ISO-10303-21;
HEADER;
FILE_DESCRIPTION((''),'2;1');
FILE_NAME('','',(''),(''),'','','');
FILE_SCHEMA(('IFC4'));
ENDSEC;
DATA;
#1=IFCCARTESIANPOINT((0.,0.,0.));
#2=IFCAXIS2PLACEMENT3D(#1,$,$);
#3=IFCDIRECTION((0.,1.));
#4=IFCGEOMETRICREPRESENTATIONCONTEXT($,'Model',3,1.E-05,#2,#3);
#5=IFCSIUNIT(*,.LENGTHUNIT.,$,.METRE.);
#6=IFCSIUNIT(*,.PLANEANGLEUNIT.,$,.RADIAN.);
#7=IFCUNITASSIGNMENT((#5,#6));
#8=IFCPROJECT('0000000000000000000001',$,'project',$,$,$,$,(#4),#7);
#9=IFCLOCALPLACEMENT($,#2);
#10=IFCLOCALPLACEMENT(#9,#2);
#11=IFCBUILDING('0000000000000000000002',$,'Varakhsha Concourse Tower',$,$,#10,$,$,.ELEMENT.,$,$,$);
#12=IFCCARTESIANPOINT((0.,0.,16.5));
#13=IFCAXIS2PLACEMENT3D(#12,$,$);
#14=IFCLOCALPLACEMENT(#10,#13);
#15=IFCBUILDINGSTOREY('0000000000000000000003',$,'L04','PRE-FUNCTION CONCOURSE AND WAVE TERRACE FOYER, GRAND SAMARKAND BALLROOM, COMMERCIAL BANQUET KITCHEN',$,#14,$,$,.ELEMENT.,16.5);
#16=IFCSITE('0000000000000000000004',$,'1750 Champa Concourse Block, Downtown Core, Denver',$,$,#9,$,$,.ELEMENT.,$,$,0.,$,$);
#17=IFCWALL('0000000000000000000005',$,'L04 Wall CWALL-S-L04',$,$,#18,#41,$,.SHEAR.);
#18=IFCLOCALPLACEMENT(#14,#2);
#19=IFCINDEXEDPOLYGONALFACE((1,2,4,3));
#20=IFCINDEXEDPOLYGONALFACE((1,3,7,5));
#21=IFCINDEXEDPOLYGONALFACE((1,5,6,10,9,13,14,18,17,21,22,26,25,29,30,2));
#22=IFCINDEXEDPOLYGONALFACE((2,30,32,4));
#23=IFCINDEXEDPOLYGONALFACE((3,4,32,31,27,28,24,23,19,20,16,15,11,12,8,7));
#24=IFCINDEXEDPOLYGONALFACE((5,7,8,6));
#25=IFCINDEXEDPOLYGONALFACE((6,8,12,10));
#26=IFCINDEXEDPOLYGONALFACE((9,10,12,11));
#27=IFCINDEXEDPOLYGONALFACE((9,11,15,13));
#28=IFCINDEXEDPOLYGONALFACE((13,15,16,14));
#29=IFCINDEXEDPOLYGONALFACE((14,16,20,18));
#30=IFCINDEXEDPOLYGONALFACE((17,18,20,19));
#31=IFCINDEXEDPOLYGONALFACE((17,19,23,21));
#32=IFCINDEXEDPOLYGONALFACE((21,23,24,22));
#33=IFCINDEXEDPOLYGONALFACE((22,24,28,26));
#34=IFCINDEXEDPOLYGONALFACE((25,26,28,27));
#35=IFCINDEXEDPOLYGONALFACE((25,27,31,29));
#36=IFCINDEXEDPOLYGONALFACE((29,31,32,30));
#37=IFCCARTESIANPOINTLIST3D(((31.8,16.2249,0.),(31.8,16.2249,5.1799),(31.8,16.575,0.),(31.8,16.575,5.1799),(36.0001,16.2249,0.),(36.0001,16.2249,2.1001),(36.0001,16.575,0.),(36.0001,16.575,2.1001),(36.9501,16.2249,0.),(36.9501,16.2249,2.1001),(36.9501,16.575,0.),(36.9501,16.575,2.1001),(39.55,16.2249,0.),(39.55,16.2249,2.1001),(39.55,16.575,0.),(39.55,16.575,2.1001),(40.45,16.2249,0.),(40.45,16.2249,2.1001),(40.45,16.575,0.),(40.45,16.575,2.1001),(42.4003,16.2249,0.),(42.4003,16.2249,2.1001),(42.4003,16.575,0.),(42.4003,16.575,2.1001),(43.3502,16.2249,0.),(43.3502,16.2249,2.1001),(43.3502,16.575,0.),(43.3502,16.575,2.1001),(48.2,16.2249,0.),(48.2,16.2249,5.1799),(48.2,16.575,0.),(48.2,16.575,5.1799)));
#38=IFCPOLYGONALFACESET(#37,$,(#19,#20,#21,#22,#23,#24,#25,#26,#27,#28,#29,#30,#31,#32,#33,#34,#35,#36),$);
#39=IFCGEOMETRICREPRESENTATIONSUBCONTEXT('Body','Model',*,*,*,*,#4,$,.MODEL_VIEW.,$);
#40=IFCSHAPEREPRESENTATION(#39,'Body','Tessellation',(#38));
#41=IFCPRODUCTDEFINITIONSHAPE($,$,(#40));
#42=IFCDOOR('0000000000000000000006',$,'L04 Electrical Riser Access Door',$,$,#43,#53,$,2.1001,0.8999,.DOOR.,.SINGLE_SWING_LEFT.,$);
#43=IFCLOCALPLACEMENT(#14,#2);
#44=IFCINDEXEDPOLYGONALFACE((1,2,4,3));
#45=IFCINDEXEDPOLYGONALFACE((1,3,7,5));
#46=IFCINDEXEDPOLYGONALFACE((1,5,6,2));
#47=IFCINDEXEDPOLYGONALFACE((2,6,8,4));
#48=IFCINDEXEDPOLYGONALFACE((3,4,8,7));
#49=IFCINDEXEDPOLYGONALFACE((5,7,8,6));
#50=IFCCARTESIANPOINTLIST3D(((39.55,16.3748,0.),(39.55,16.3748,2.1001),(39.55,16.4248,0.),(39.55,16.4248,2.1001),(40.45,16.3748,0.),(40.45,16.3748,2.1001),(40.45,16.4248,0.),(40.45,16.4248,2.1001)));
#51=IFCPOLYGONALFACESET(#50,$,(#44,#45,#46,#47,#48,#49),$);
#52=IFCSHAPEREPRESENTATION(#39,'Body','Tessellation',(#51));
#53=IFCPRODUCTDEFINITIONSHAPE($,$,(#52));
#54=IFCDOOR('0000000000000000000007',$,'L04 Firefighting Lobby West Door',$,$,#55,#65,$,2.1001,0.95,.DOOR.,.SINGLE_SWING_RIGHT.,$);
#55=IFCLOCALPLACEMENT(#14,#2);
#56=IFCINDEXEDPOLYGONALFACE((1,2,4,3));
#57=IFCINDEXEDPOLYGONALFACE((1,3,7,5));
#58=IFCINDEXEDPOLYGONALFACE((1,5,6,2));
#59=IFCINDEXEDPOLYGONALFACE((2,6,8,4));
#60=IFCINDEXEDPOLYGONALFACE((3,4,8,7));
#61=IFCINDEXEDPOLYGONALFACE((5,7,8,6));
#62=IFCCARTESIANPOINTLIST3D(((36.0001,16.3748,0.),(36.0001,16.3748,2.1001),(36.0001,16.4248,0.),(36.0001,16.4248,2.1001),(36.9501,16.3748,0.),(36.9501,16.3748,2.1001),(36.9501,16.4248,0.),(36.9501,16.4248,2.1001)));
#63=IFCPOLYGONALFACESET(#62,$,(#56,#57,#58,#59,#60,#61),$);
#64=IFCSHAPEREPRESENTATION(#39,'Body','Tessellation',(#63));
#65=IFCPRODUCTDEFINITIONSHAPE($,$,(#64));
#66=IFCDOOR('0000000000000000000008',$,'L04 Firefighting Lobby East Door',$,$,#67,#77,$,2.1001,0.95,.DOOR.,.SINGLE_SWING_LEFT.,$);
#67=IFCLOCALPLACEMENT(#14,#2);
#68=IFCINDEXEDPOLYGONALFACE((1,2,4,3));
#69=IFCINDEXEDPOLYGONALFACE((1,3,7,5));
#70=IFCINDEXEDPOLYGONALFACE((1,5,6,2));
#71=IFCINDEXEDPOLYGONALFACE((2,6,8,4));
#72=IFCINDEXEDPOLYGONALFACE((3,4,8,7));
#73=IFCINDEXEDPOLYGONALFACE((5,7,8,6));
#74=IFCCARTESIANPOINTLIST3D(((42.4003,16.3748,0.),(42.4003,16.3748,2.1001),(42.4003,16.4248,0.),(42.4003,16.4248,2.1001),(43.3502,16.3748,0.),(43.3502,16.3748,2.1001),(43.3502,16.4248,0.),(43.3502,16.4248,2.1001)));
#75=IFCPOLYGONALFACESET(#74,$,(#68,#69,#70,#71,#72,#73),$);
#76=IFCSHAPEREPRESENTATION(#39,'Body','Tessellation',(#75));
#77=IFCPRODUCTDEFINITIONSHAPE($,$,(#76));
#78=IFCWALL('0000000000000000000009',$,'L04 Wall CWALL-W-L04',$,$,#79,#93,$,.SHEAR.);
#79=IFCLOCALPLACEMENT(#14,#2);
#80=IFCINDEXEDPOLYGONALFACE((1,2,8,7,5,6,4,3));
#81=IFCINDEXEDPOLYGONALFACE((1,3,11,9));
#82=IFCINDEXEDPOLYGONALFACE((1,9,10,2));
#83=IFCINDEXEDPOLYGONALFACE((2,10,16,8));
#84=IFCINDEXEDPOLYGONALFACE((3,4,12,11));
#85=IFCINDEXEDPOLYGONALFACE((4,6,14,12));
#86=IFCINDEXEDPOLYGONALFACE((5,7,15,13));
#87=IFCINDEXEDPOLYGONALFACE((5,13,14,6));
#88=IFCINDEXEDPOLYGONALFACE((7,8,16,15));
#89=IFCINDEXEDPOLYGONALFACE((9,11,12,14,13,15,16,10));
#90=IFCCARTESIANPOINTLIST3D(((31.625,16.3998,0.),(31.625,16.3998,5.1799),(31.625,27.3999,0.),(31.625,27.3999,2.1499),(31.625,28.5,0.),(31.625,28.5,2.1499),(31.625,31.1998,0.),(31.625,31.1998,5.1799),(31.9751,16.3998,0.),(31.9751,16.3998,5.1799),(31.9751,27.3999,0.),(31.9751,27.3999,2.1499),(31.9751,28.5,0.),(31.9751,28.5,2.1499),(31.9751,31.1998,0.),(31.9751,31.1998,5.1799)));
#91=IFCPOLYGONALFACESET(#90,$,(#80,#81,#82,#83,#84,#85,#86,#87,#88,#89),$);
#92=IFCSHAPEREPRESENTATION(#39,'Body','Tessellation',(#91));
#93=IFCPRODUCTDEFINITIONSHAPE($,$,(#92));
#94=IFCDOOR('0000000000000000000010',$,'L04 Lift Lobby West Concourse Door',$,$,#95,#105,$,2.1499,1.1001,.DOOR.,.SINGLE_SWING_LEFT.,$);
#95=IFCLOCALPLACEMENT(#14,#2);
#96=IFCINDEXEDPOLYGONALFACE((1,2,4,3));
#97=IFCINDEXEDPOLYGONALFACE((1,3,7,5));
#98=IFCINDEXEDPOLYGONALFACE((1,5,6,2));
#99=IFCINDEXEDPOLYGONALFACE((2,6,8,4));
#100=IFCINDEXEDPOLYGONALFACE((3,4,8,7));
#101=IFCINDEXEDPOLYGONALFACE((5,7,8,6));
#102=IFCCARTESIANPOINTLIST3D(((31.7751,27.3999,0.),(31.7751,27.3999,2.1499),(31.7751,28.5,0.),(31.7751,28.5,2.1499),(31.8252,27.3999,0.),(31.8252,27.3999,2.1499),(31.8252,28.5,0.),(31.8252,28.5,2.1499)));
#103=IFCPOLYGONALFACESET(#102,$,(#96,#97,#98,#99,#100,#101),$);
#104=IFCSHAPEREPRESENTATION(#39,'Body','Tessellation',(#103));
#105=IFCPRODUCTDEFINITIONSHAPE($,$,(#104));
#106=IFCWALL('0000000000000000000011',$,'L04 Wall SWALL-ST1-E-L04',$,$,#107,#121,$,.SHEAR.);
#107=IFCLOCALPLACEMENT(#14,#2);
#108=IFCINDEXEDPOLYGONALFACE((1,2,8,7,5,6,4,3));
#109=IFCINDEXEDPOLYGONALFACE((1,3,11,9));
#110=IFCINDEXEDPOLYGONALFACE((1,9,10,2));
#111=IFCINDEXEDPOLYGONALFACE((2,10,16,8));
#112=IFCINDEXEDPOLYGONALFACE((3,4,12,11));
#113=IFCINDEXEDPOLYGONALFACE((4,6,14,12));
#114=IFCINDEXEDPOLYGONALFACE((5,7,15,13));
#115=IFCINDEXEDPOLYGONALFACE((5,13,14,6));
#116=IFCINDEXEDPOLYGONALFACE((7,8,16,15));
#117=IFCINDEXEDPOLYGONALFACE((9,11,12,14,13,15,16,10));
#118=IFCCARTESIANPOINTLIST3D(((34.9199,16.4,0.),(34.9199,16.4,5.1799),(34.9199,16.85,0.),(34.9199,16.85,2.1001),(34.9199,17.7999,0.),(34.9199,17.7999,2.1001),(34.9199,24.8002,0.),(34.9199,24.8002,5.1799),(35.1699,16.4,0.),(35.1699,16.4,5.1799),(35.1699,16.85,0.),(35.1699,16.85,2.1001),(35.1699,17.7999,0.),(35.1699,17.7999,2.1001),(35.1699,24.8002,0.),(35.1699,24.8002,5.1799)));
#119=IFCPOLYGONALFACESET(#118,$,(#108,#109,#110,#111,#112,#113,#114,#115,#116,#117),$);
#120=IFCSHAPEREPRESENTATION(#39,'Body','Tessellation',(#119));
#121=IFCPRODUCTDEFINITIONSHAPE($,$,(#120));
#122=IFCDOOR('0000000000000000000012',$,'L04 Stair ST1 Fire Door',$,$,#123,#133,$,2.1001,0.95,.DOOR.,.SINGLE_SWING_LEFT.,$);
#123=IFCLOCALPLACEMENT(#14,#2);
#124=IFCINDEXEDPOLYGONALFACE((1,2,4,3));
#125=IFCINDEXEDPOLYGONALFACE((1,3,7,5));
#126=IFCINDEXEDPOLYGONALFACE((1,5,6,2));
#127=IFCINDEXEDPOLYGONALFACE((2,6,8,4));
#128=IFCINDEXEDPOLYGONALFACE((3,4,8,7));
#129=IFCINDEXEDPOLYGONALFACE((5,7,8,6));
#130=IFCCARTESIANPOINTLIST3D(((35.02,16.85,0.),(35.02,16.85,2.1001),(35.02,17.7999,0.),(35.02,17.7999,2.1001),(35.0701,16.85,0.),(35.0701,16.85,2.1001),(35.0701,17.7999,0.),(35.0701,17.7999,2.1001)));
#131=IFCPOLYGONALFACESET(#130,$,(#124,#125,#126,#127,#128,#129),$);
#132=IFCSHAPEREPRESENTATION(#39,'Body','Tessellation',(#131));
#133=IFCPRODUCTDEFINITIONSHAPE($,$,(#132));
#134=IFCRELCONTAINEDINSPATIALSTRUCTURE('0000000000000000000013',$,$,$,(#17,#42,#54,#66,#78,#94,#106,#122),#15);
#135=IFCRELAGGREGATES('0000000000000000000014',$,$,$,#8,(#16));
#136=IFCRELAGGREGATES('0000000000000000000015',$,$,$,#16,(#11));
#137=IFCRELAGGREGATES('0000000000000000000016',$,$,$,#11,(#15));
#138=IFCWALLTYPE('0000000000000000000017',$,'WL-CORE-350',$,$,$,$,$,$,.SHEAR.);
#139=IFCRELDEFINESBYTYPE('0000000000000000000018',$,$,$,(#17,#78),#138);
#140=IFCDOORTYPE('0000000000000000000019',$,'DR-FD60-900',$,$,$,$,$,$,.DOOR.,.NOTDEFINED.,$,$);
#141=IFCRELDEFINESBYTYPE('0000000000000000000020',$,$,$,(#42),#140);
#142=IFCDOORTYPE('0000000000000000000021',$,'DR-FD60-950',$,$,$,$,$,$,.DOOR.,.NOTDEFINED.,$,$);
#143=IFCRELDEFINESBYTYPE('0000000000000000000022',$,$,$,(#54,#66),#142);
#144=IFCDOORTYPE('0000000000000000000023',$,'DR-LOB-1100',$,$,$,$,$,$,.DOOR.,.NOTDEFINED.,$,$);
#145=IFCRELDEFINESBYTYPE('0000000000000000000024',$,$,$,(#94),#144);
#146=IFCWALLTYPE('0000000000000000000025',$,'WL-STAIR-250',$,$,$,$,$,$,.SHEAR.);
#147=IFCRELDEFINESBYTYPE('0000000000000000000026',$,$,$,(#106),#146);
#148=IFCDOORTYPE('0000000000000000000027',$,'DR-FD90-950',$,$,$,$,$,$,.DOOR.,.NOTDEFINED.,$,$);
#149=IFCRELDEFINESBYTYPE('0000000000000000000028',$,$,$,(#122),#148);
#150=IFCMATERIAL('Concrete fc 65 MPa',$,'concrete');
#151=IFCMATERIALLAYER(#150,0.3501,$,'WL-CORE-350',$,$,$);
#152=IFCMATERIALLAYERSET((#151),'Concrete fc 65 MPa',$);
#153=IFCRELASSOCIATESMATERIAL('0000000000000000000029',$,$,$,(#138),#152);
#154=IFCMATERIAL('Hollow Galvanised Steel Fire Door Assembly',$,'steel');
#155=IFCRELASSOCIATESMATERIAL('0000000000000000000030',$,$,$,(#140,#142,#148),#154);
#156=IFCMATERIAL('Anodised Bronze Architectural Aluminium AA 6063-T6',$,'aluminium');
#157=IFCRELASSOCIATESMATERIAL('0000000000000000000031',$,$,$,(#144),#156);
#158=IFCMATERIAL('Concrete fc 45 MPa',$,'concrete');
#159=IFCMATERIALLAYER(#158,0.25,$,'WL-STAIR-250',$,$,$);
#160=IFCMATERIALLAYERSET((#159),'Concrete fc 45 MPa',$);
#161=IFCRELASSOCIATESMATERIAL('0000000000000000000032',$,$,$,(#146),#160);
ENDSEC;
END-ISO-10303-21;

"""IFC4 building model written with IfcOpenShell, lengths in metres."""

from ifc_helpers import new_model, si_unit, direction, frame, frame_2d, origin, place, context, subcontext, project, spatial, rectangle, extrude, material, layer, layer_set, type_object, element, fill, save


model = new_model("IFC4")

# Units and contexts
model_context = context("Model", 3, precision=1e-05, world=origin(), true_north=direction((0.0, 1.0)))
body_context = subcontext(model_context, "Body", "Model", "MODEL_VIEW")
ifc_project = project(units=[si_unit("LENGTHUNIT", "METRE"), si_unit("PLANEANGLEUNIT", "RADIAN")], contexts=[model_context])

# Site, building, storey
site_placement = place(None, origin())
site = spatial("IfcSite", under=ifc_project, at=site_placement, Name="1750 Champa Concourse Block, Downtown Core, Denver", CompositionType="ELEMENT", RefElevation=0.0)
building_placement = place(site_placement, origin())
building = spatial("IfcBuilding", under=site, at=building_placement, Name="Varakhsha Concourse Tower", CompositionType="ELEMENT")
storey_placement = place(building_placement, frame((0.0, 0.0, 16.5)))
storey = spatial("IfcBuildingStorey", under=building, at=storey_placement, Name="L04", Description="PRE-FUNCTION CONCOURSE AND WAVE TERRACE FOYER, GRAND SAMARKAND BALLROOM, COMMERCIAL BANQUET KITCHEN", CompositionType="ELEMENT", Elevation=16.5)

# Wall, openings, doors
ifc_material_1 = material(Name="Concrete fc 65 MPa", Category="concrete")
ifc_layer_1 = layer(ifc_material_1, 0.3501, Name="WL-CORE-350")
ifc_layer_set_1 = layer_set([ifc_layer_1], Name="Concrete fc 65 MPa")
wall_type_1 = type_object("IfcWallType", Name="WL-CORE-350", PredefinedType="SHEAR", material=ifc_layer_set_1)
wall_1_placement = place(storey_placement, frame((31.8, 16.3999, 0.0), z_axis=(0.0, 0.0, 1.0), x_axis=(1.0, 0.0, 0.0)))
wall_1 = element("IfcWall", 1, at=wall_1_placement, inside=storey, type_object=wall_type_1, Name="L04 Wall CWALL-S-L04", PredefinedType="SHEAR", context=body_context, shape_type="SweptSolid", body=[
    extrude(rectangle(XDim=16.3999, YDim=0.3501, at=frame_2d((8.2, 0.0))), origin(), (0.0, 0.0, 1.0), 5.1799),
])
opening_1_placement = place(wall_1_placement, frame((7.75, 0.0, 0.0)))
opening_1 = element("IfcOpeningElement", 2, at=opening_1_placement, cuts=wall_1, PredefinedType="OPENING", context=body_context, shape_type="SweptSolid", body=[
    extrude(rectangle(XDim=0.8999, YDim=2.1001, at=frame_2d((0.45, 1.05))), frame((0.0, 0.1851, 0.0), z_axis=(0.0, -1.0, 0.0), x_axis=(1.0, 0.0, 0.0)), (0.0, 0.0, 1.0), 0.3701),
])
opening_2_placement = place(wall_1_placement, frame((4.2, 0.0, 0.0)))
opening_2 = element("IfcOpeningElement", 3, at=opening_2_placement, cuts=wall_1, PredefinedType="OPENING", context=body_context, shape_type="SweptSolid", body=[
    extrude(rectangle(XDim=0.95, YDim=2.1001, at=frame_2d((0.4751, 1.05))), frame((0.0, 0.1851, 0.0), z_axis=(0.0, -1.0, 0.0), x_axis=(1.0, 0.0, 0.0)), (0.0, 0.0, 1.0), 0.3701),
])
opening_3_placement = place(wall_1_placement, frame((10.6001, 0.0, 0.0)))
opening_3 = element("IfcOpeningElement", 4, at=opening_3_placement, cuts=wall_1, PredefinedType="OPENING", context=body_context, shape_type="SweptSolid", body=[
    extrude(rectangle(XDim=0.95, YDim=2.1001, at=frame_2d((0.4751, 1.05))), frame((0.0, 0.1851, 0.0), z_axis=(0.0, -1.0, 0.0), x_axis=(1.0, 0.0, 0.0)), (0.0, 0.0, 1.0), 0.3701),
])
ifc_material_2 = material(Name="Hollow Galvanised Steel Fire Door Assembly", Category="steel")
door_type_1 = type_object("IfcDoorType", Name="DR-FD60-900", OperationType="NOTDEFINED", PredefinedType="DOOR", material=ifc_material_2)
door_1_placement = place(opening_1_placement, origin())
door_1 = element("IfcDoor", 5, at=door_1_placement, inside=storey, type_object=door_type_1, Name="L04 Electrical Riser Access Door", OperationType="SINGLE_SWING_LEFT", OverallHeight=2.1001, OverallWidth=0.8999, PredefinedType="DOOR", context=body_context, shape_type="SweptSolid", body=[
    extrude(rectangle(XDim=0.8999, YDim=2.1001, at=frame_2d((0.45, 1.05))), frame((0.0, 0.0249, 0.0), z_axis=(0.0, -1.0, 0.0), x_axis=(1.0, 0.0, 0.0)), (0.0, 0.0, 1.0), 0.05),
])
fill(opening_1, door_1)
door_type_2 = type_object("IfcDoorType", Name="DR-FD60-950", OperationType="NOTDEFINED", PredefinedType="DOOR", material=ifc_material_2)
door_2_placement = place(opening_2_placement, origin())
door_2 = element("IfcDoor", 6, at=door_2_placement, inside=storey, type_object=door_type_2, Name="L04 Firefighting Lobby West Door", OperationType="SINGLE_SWING_RIGHT", OverallHeight=2.1001, OverallWidth=0.95, PredefinedType="DOOR", context=body_context, shape_type="SweptSolid", body=[
    extrude(rectangle(XDim=0.95, YDim=2.1001, at=frame_2d((0.4751, 1.05))), frame((0.0, 0.0249, 0.0), z_axis=(0.0, -1.0, 0.0), x_axis=(1.0, 0.0, 0.0)), (0.0, 0.0, 1.0), 0.05),
])
fill(opening_2, door_2)
door_3_placement = place(opening_3_placement, origin())
door_3 = element("IfcDoor", 7, at=door_3_placement, inside=storey, type_object=door_type_2, Name="L04 Firefighting Lobby East Door", OperationType="SINGLE_SWING_LEFT", OverallHeight=2.1001, OverallWidth=0.95, PredefinedType="DOOR", context=body_context, shape_type="SweptSolid", body=[
    extrude(rectangle(XDim=0.95, YDim=2.1001, at=frame_2d((0.4751, 1.05))), frame((0.0, 0.0249, 0.0), z_axis=(0.0, -1.0, 0.0), x_axis=(1.0, 0.0, 0.0)), (0.0, 0.0, 1.0), 0.05),
])
fill(opening_3, door_3)

# Walls, openings, doors
wall_2_placement = place(storey_placement, frame((31.8, 16.3999, 0.0), z_axis=(0.0, 0.0, 1.0), x_axis=(0.0, 1.0, 0.0)))
wall_2 = element("IfcWall", 8, at=wall_2_placement, inside=storey, type_object=wall_type_1, Name="L04 Wall CWALL-W-L04", PredefinedType="SHEAR", context=body_context, shape_type="SweptSolid", body=[
    extrude(rectangle(XDim=14.8, YDim=0.3501, at=frame_2d((7.3999, 0.0))), origin(), (0.0, 0.0, 1.0), 5.1799),
])
opening_4_placement = place(wall_2_placement, frame((11.0, 0.0, 0.0)))
opening_4 = element("IfcOpeningElement", 9, at=opening_4_placement, cuts=wall_2, PredefinedType="OPENING", context=body_context, shape_type="SweptSolid", body=[
    extrude(rectangle(XDim=1.1001, YDim=2.1499, at=frame_2d((0.55, 1.075))), frame((0.0, 0.1851, 0.0), z_axis=(0.0, -1.0, 0.0), x_axis=(1.0, 0.0, 0.0)), (0.0, 0.0, 1.0), 0.3701),
])
ifc_material_3 = material(Name="Anodised Bronze Architectural Aluminium AA 6063-T6", Category="aluminium")
door_type_3 = type_object("IfcDoorType", Name="DR-LOB-1100", OperationType="NOTDEFINED", PredefinedType="DOOR", material=ifc_material_3)
door_4_placement = place(opening_4_placement, origin())
door_4 = element("IfcDoor", 10, at=door_4_placement, inside=storey, type_object=door_type_3, Name="L04 Lift Lobby West Concourse Door", OperationType="SINGLE_SWING_LEFT", OverallHeight=2.1499, OverallWidth=1.1001, PredefinedType="DOOR", context=body_context, shape_type="SweptSolid", body=[
    extrude(rectangle(XDim=1.1001, YDim=2.1499, at=frame_2d((0.55, 1.075))), frame((0.0, 0.0249, 0.0), z_axis=(0.0, -1.0, 0.0), x_axis=(1.0, 0.0, 0.0)), (0.0, 0.0, 1.0), 0.05),
])
fill(opening_4, door_4)
ifc_material_4 = material(Name="Concrete fc 45 MPa", Category="concrete")
ifc_layer_2 = layer(ifc_material_4, 0.25, Name="WL-STAIR-250")
ifc_layer_set_2 = layer_set([ifc_layer_2], Name="Concrete fc 45 MPa")
wall_type_2 = type_object("IfcWallType", Name="WL-STAIR-250", PredefinedType="SHEAR", material=ifc_layer_set_2)
wall_3_placement = place(storey_placement, frame((35.0449, 16.3999, 0.0), z_axis=(0.0, 0.0, 1.0), x_axis=(0.0, 1.0, 0.0)))
wall_3 = element("IfcWall", 11, at=wall_3_placement, inside=storey, type_object=wall_type_2, Name="L04 Wall SWALL-ST1-E-L04", PredefinedType="SHEAR", context=body_context, shape_type="SweptSolid", body=[
    extrude(rectangle(XDim=8.4001, YDim=0.25, at=frame_2d((4.2002, 0.0))), origin(), (0.0, 0.0, 1.0), 5.1799),
])
opening_5_placement = place(wall_3_placement, frame((0.45, 0.0, 0.0)))
opening_5 = element("IfcOpeningElement", 12, at=opening_5_placement, cuts=wall_3, PredefinedType="OPENING", context=body_context, shape_type="SweptSolid", body=[
    extrude(rectangle(XDim=0.95, YDim=2.1001, at=frame_2d((0.4751, 1.05))), frame((0.0, 0.135, 0.0), z_axis=(0.0, -1.0, 0.0), x_axis=(1.0, 0.0, 0.0)), (0.0, 0.0, 1.0), 0.27),
])
door_type_4 = type_object("IfcDoorType", Name="DR-FD90-950", OperationType="NOTDEFINED", PredefinedType="DOOR", material=ifc_material_2)
door_5_placement = place(opening_5_placement, origin())
door_5 = element("IfcDoor", 13, at=door_5_placement, inside=storey, type_object=door_type_4, Name="L04 Stair ST1 Fire Door", OperationType="SINGLE_SWING_LEFT", OverallHeight=2.1001, OverallWidth=0.95, PredefinedType="DOOR", context=body_context, shape_type="SweptSolid", body=[
    extrude(rectangle(XDim=0.95, YDim=2.1001, at=frame_2d((0.4751, 1.05))), frame((0.0, 0.0249, 0.0), z_axis=(0.0, -1.0, 0.0), x_axis=(1.0, 0.0, 0.0)), (0.0, 0.0, 1.0), 0.05),
])
fill(opening_5, door_5)

save(model, "model.ifc")
